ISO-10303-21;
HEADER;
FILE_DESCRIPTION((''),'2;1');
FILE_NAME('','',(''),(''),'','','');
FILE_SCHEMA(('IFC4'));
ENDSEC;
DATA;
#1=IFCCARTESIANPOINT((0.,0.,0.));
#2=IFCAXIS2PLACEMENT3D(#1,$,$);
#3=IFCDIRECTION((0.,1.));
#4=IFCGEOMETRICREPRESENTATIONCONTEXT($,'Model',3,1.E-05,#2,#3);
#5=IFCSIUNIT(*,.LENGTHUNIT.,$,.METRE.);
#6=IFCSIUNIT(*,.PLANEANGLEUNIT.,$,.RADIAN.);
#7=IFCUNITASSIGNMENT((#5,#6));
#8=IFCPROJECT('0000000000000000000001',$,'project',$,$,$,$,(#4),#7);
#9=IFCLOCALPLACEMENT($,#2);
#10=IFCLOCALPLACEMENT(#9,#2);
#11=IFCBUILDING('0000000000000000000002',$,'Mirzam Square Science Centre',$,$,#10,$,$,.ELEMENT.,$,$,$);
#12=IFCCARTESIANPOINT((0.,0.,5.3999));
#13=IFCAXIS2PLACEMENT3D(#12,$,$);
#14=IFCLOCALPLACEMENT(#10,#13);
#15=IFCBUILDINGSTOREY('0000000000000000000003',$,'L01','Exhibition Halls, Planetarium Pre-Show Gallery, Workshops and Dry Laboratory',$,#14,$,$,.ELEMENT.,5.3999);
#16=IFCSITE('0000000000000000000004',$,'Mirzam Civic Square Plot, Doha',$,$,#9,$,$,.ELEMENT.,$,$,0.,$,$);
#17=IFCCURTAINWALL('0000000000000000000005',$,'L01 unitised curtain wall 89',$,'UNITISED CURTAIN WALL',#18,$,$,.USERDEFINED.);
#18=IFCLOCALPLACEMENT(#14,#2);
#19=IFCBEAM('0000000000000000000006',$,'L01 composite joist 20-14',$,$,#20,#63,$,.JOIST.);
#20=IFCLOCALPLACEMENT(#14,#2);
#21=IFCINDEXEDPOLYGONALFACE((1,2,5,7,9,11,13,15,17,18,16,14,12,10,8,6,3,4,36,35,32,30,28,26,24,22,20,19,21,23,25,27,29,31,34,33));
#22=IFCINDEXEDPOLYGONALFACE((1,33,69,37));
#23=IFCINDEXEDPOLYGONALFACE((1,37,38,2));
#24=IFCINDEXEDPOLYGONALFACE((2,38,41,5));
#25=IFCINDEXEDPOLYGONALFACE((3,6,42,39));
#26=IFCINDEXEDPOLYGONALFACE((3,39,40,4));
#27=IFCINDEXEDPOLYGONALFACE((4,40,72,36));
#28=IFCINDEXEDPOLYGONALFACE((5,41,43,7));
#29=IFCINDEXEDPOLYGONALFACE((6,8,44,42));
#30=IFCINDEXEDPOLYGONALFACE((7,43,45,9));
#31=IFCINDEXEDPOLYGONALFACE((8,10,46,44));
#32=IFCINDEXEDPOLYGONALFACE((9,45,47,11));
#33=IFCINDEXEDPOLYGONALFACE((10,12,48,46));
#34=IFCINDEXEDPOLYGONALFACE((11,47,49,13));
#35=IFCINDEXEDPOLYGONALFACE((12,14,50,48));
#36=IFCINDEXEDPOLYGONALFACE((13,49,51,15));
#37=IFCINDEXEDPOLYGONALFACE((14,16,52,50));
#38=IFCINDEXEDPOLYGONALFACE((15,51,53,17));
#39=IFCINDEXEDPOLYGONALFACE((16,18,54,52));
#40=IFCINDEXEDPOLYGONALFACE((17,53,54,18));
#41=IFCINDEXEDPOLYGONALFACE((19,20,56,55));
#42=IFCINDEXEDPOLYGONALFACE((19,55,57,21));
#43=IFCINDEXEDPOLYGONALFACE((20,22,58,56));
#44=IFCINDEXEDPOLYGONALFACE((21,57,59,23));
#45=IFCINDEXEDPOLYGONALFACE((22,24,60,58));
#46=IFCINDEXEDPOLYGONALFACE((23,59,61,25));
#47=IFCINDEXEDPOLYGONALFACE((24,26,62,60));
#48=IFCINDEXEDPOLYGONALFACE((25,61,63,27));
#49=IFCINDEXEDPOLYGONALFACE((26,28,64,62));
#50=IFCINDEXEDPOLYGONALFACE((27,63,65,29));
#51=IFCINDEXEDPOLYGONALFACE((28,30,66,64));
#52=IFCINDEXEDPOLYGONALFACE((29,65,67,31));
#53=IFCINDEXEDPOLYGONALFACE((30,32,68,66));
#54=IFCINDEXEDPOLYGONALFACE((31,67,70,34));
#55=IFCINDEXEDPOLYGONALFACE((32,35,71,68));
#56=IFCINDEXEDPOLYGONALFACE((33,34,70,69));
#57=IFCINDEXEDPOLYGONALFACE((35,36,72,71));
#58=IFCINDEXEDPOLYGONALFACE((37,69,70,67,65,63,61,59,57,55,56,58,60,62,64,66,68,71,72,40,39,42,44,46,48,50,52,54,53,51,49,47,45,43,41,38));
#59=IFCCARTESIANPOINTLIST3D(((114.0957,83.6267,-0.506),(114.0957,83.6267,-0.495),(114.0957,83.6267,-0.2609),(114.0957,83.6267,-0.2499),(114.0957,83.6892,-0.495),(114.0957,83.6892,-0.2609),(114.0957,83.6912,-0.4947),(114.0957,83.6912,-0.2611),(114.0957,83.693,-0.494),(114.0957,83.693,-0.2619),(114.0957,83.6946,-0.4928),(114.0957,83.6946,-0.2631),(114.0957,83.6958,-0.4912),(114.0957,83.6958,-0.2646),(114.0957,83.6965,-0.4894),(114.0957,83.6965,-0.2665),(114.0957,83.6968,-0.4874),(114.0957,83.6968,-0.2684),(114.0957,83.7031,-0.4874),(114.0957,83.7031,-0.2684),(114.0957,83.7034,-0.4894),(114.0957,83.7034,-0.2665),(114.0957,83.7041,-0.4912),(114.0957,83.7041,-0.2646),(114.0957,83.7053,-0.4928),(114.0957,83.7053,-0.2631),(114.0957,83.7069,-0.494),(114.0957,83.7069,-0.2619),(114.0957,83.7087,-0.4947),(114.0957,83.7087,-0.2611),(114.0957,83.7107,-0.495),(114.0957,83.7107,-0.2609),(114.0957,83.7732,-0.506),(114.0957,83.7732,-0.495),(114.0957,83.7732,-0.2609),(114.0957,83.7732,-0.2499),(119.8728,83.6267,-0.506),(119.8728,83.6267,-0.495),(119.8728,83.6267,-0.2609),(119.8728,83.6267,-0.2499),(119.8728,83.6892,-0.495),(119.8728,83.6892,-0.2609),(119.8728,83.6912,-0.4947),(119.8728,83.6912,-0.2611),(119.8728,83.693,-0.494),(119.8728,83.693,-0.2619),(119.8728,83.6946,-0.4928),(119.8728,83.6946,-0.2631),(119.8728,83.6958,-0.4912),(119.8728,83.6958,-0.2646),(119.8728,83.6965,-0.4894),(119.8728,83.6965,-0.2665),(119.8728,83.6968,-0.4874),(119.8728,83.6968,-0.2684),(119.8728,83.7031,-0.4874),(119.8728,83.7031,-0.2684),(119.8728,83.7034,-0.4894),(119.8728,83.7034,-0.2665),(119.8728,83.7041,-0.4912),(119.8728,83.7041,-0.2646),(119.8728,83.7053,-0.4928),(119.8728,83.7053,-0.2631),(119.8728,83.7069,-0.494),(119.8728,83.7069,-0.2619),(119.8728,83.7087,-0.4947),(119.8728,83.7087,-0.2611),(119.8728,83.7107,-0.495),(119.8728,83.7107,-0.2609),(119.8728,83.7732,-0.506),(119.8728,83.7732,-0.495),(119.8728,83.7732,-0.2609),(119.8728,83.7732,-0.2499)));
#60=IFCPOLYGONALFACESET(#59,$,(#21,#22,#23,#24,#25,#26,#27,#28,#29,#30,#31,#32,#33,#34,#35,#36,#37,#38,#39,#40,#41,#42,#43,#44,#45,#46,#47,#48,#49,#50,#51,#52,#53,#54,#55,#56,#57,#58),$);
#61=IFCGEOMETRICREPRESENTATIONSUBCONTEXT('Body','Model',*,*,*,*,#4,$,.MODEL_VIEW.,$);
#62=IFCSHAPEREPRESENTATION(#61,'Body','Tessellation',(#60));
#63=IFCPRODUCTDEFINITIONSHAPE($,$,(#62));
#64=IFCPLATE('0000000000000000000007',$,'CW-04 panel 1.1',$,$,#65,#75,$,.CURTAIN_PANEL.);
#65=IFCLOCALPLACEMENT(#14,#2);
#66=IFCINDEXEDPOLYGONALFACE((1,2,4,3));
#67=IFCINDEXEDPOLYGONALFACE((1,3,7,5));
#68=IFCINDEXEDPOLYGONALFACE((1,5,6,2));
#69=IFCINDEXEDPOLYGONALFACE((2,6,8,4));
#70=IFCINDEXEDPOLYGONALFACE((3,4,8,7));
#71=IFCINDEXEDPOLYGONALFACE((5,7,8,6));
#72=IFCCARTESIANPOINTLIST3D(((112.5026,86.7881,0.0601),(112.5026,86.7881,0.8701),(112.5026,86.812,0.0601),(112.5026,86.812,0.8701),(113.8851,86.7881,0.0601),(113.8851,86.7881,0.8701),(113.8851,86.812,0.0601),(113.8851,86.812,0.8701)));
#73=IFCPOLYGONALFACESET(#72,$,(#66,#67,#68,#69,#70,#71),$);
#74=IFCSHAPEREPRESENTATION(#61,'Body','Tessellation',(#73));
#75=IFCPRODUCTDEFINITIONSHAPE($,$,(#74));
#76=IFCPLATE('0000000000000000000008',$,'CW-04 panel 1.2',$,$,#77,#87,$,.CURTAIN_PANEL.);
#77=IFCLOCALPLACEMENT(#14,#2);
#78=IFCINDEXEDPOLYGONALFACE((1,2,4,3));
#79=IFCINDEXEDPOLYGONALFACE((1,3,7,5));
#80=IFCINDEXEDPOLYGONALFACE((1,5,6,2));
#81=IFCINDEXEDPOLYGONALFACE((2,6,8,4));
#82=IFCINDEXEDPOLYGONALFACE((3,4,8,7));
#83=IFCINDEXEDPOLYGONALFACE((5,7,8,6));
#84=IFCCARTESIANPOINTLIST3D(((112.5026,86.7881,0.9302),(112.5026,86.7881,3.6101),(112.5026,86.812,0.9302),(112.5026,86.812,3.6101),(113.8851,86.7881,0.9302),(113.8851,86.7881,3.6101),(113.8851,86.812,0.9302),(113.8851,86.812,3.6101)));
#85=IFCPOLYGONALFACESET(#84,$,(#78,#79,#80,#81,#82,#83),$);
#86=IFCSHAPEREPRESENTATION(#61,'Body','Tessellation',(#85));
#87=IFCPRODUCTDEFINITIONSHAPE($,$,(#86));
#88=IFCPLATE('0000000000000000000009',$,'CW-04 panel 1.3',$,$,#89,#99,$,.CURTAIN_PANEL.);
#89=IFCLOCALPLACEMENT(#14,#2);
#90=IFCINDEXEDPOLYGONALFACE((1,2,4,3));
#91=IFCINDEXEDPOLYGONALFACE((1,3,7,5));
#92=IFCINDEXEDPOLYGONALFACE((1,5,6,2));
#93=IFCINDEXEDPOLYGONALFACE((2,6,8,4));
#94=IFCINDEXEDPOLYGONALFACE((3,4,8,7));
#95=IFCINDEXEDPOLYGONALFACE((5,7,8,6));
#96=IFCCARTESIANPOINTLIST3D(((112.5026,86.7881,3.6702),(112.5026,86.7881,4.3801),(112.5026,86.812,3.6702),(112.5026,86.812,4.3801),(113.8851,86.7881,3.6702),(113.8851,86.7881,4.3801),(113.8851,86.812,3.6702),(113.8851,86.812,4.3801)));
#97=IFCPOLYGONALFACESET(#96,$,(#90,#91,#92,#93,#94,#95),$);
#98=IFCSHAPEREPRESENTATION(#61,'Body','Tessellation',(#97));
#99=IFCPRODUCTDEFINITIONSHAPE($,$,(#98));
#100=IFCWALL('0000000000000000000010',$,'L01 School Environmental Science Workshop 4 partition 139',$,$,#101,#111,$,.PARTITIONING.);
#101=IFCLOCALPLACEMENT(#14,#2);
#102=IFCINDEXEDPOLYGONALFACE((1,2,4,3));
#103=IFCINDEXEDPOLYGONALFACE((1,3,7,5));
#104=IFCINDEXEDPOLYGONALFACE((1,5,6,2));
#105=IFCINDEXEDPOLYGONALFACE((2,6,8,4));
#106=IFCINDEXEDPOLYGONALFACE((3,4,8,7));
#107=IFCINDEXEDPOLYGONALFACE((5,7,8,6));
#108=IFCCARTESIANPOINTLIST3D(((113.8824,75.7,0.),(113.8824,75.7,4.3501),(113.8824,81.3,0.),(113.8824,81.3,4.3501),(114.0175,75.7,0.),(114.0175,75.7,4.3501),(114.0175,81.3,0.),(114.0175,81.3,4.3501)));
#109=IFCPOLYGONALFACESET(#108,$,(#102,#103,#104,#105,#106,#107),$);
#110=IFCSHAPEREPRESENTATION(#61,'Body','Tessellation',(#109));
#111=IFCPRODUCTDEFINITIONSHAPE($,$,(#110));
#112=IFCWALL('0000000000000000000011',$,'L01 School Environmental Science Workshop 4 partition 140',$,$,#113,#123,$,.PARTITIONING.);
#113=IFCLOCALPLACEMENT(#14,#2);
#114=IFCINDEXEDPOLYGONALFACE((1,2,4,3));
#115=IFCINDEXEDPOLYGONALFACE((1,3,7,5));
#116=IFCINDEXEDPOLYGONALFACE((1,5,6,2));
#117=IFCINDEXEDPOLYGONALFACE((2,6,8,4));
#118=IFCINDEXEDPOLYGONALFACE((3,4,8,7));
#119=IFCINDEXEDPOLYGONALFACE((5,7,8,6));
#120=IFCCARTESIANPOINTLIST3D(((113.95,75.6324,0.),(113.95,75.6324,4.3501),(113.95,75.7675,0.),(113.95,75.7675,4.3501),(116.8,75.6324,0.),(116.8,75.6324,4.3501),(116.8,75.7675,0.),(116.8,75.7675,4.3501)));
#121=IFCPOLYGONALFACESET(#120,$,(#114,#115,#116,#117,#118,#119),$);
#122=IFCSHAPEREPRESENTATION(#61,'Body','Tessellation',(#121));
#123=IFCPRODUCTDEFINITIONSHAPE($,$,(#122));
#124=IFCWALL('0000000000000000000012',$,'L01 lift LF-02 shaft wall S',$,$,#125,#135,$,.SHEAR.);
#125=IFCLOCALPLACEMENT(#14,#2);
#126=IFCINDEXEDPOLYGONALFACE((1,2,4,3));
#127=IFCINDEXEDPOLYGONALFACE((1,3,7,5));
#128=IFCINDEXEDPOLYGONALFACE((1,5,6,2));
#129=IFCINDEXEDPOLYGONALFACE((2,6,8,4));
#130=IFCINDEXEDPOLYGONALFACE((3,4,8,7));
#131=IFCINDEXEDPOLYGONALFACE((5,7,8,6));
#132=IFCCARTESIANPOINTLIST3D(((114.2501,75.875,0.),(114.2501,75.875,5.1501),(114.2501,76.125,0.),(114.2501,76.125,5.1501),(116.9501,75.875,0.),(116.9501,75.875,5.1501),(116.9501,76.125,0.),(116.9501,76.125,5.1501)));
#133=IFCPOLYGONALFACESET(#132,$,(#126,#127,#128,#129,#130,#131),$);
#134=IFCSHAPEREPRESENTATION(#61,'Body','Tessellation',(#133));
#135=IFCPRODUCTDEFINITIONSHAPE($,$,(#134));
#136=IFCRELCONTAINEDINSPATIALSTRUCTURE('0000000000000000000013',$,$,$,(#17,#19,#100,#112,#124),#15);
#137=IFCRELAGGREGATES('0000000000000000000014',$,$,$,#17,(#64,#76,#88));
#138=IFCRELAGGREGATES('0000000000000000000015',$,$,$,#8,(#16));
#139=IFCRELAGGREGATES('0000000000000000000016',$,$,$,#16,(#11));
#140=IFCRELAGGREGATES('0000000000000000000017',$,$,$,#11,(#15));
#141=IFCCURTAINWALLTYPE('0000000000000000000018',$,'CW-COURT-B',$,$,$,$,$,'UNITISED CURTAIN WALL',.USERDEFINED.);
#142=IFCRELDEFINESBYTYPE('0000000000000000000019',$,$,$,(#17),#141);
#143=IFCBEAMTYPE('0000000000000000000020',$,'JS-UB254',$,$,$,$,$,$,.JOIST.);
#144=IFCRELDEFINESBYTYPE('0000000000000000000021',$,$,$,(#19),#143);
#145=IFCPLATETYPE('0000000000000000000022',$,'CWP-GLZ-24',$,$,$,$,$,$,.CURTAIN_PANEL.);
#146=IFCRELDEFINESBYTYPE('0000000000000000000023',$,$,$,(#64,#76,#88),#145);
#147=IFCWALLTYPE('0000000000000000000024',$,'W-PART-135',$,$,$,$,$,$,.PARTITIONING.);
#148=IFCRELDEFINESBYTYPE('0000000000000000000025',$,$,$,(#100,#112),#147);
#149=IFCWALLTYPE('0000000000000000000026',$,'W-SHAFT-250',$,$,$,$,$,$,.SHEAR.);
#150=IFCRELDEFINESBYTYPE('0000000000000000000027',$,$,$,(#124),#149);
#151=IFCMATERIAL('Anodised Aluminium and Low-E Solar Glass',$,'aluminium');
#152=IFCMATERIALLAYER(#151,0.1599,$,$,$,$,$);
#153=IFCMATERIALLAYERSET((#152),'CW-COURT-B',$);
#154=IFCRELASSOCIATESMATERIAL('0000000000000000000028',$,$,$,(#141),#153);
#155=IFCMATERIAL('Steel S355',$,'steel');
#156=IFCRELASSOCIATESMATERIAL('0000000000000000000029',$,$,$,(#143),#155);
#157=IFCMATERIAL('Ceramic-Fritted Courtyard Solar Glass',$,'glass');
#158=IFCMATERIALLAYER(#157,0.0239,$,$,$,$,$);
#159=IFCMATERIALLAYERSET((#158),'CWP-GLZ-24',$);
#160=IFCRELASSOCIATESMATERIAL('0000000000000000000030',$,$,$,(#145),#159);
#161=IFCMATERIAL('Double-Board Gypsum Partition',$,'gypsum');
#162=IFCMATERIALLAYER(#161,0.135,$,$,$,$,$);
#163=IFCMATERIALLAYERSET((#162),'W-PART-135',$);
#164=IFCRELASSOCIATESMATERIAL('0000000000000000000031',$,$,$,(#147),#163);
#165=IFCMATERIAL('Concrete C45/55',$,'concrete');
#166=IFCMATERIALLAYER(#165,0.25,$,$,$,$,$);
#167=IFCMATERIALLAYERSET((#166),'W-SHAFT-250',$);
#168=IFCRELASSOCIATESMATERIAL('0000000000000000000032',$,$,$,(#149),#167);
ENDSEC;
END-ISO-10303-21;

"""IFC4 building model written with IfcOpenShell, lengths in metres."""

from ifc_helpers import new_model, si_unit, direction, frame, frame_2d, origin, origin_2d, place, context, subcontext, project, spatial, rectangle, i_section, extrude, material, layer, layer_set, material_profile, profile_set, type_object, element, aggregate, save


model = new_model("IFC4")

# Units and contexts
model_context = context("Model", 3, precision=1e-05, world=origin(), true_north=direction((0.0, 1.0)))
body_context = subcontext(model_context, "Body", "Model", "MODEL_VIEW")
ifc_project = project(units=[si_unit("LENGTHUNIT", "METRE"), si_unit("PLANEANGLEUNIT", "RADIAN")], contexts=[model_context])

# Site, building, storey
site_placement = place(None, origin())
site = spatial("IfcSite", under=ifc_project, at=site_placement, Name="Mirzam Civic Square Plot, Doha", CompositionType="ELEMENT", RefElevation=0.0)
building_placement = place(site_placement, origin())
building = spatial("IfcBuilding", under=site, at=building_placement, Name="Mirzam Square Science Centre", CompositionType="ELEMENT")
storey_placement = place(building_placement, frame((0.0, 0.0, 5.3999)))
storey = spatial("IfcBuildingStorey", under=building, at=storey_placement, Name="L01", Description="Exhibition Halls, Planetarium Pre-Show Gallery, Workshops and Dry Laboratory", CompositionType="ELEMENT", Elevation=5.3999)

# Shared definitions
ifc_material_1 = material(Name="Steel S355", Category="steel")

# Curtain wall
ifc_material_2 = material(Name="Anodised Aluminium and Low-E Solar Glass", Category="aluminium")
ifc_layer_1 = layer(ifc_material_2, 0.1599)
ifc_layer_set_1 = layer_set([ifc_layer_1], Name="CW-COURT-B")
curtain_wall_type = type_object("IfcCurtainWallType", Name="CW-COURT-B", ElementType="UNITISED CURTAIN WALL", PredefinedType="USERDEFINED", material=ifc_layer_set_1)
curtain_wall_placement = place(storey_placement, origin())
curtain_wall = element("IfcCurtainWall", 1, at=curtain_wall_placement, inside=storey, type_object=curtain_wall_type, Name="L01 unitised curtain wall 89", ObjectType="UNITISED CURTAIN WALL", PredefinedType="USERDEFINED")

# Beam
ifc_material_profile_1 = material_profile(ifc_material_1, i_section(OverallWidth=0.1465, OverallDepth=0.2561, WebThickness=0.0063, FlangeThickness=0.011, FilletRadius=0.0076, at=origin_2d()), Name="254x146x37UB")
ifc_profile_set_1 = profile_set([ifc_material_profile_1], Name="Steel S355")
beam_type_1 = type_object("IfcBeamType", Name="JS-UB254", PredefinedType="JOIST", material=ifc_profile_set_1)
beam_1_placement = place(storey_placement, frame((114.0957, 83.7, -0.3779), z_axis=(1.0, 0.0, 0.0), x_axis=(0.0, 1.0, 0.0)))
element("IfcBeam", 2, at=beam_1_placement, inside=storey, type_object=beam_type_1, Name="L01 composite joist 20-14", PredefinedType="JOIST", context=body_context, shape_type="SweptSolid", body=[
    extrude(i_section(OverallWidth=0.1465, OverallDepth=0.2561, WebThickness=0.0063, FlangeThickness=0.011, FilletRadius=0.0076, at=origin_2d()), origin(), (0.0, 0.0, 1.0), 5.7771),
])

# Plates
ifc_material_3 = material(Name="Ceramic-Fritted Courtyard Solar Glass", Category="glass")
ifc_layer_2 = layer(ifc_material_3, 0.0239)
ifc_layer_set_2 = layer_set([ifc_layer_2], Name="CWP-GLZ-24")
plate_type = type_object("IfcPlateType", Name="CWP-GLZ-24", PredefinedType="CURTAIN_PANEL", material=ifc_layer_set_2)
plate_1_placement = place(storey_placement, frame((113.1938, 86.8, 0.0601), z_axis=(0.0, 0.0, 1.0), x_axis=(-1.0, 0.0, 0.0)))
plate_1 = element("IfcPlate", 3, at=plate_1_placement, type_object=plate_type, Name="CW-04 panel 1.1", PredefinedType="CURTAIN_PANEL", context=body_context, shape_type="SweptSolid", body=[
    extrude(rectangle(XDim=1.3826, YDim=0.0239, at=origin_2d()), origin(), (0.0, 0.0, 1.0), 0.8101),
])
plate_2_placement = place(storey_placement, frame((113.1938, 86.8, 0.9302), z_axis=(0.0, 0.0, 1.0), x_axis=(-1.0, 0.0, 0.0)))
plate_2 = element("IfcPlate", 4, at=plate_2_placement, type_object=plate_type, Name="CW-04 panel 1.2", PredefinedType="CURTAIN_PANEL", context=body_context, shape_type="SweptSolid", body=[
    extrude(rectangle(XDim=1.3826, YDim=0.0239, at=origin_2d()), origin(), (0.0, 0.0, 1.0), 2.6799),
])
plate_3_placement = place(storey_placement, frame((113.1938, 86.8, 3.6702), z_axis=(0.0, 0.0, 1.0), x_axis=(-1.0, 0.0, 0.0)))
plate_3 = element("IfcPlate", 5, at=plate_3_placement, type_object=plate_type, Name="CW-04 panel 1.3", PredefinedType="CURTAIN_PANEL", context=body_context, shape_type="SweptSolid", body=[
    extrude(rectangle(XDim=1.3826, YDim=0.0239, at=origin_2d()), origin(), (0.0, 0.0, 1.0), 0.71),
])
aggregate(curtain_wall, [plate_1, plate_2, plate_3])

# Walls
ifc_material_4 = material(Name="Double-Board Gypsum Partition", Category="gypsum")
ifc_layer_3 = layer(ifc_material_4, 0.135)
ifc_layer_set_3 = layer_set([ifc_layer_3], Name="W-PART-135")
wall_type_1 = type_object("IfcWallType", Name="W-PART-135", PredefinedType="PARTITIONING", material=ifc_layer_set_3)
wall_1_placement = place(storey_placement, frame((113.95, 81.3, 0.0), z_axis=(0.0, 0.0, 1.0), x_axis=(0.0, -1.0, 0.0)))
element("IfcWall", 6, at=wall_1_placement, inside=storey, type_object=wall_type_1, Name="L01 School Environmental Science Workshop 4 partition 139", PredefinedType="PARTITIONING", context=body_context, shape_type="SweptSolid", body=[
    extrude(rectangle(XDim=5.6001, YDim=0.135, at=frame_2d((2.8, 0.0))), origin(), (0.0, 0.0, 1.0), 4.3501),
])
wall_2_placement = place(storey_placement, frame((113.95, 75.7, 0.0), z_axis=(0.0, 0.0, 1.0), x_axis=(1.0, 0.0, 0.0)))
element("IfcWall", 7, at=wall_2_placement, inside=storey, type_object=wall_type_1, Name="L01 School Environmental Science Workshop 4 partition 140", PredefinedType="PARTITIONING", context=body_context, shape_type="SweptSolid", body=[
    extrude(rectangle(XDim=2.8501, YDim=0.135, at=frame_2d((1.425, 0.0))), origin(), (0.0, 0.0, 1.0), 4.3501),
])
ifc_material_5 = material(Name="Concrete C45/55", Category="concrete")
ifc_layer_4 = layer(ifc_material_5, 0.25)
ifc_layer_set_4 = layer_set([ifc_layer_4], Name="W-SHAFT-250")
wall_type_2 = type_object("IfcWallType", Name="W-SHAFT-250", PredefinedType="SHEAR", material=ifc_layer_set_4)
wall_3_placement = place(storey_placement, frame((114.25, 76.0, 0.0), z_axis=(0.0, 0.0, 1.0), x_axis=(1.0, 0.0, 0.0)))
element("IfcWall", 8, at=wall_3_placement, inside=storey, type_object=wall_type_2, Name="L01 lift LF-02 shaft wall S", PredefinedType="SHEAR", context=body_context, shape_type="SweptSolid", body=[
    extrude(rectangle(XDim=2.7, YDim=0.25, at=frame_2d((1.3501, 0.0))), origin(), (0.0, 0.0, 1.0), 5.1501),
])

save(model, "model.ifc")
